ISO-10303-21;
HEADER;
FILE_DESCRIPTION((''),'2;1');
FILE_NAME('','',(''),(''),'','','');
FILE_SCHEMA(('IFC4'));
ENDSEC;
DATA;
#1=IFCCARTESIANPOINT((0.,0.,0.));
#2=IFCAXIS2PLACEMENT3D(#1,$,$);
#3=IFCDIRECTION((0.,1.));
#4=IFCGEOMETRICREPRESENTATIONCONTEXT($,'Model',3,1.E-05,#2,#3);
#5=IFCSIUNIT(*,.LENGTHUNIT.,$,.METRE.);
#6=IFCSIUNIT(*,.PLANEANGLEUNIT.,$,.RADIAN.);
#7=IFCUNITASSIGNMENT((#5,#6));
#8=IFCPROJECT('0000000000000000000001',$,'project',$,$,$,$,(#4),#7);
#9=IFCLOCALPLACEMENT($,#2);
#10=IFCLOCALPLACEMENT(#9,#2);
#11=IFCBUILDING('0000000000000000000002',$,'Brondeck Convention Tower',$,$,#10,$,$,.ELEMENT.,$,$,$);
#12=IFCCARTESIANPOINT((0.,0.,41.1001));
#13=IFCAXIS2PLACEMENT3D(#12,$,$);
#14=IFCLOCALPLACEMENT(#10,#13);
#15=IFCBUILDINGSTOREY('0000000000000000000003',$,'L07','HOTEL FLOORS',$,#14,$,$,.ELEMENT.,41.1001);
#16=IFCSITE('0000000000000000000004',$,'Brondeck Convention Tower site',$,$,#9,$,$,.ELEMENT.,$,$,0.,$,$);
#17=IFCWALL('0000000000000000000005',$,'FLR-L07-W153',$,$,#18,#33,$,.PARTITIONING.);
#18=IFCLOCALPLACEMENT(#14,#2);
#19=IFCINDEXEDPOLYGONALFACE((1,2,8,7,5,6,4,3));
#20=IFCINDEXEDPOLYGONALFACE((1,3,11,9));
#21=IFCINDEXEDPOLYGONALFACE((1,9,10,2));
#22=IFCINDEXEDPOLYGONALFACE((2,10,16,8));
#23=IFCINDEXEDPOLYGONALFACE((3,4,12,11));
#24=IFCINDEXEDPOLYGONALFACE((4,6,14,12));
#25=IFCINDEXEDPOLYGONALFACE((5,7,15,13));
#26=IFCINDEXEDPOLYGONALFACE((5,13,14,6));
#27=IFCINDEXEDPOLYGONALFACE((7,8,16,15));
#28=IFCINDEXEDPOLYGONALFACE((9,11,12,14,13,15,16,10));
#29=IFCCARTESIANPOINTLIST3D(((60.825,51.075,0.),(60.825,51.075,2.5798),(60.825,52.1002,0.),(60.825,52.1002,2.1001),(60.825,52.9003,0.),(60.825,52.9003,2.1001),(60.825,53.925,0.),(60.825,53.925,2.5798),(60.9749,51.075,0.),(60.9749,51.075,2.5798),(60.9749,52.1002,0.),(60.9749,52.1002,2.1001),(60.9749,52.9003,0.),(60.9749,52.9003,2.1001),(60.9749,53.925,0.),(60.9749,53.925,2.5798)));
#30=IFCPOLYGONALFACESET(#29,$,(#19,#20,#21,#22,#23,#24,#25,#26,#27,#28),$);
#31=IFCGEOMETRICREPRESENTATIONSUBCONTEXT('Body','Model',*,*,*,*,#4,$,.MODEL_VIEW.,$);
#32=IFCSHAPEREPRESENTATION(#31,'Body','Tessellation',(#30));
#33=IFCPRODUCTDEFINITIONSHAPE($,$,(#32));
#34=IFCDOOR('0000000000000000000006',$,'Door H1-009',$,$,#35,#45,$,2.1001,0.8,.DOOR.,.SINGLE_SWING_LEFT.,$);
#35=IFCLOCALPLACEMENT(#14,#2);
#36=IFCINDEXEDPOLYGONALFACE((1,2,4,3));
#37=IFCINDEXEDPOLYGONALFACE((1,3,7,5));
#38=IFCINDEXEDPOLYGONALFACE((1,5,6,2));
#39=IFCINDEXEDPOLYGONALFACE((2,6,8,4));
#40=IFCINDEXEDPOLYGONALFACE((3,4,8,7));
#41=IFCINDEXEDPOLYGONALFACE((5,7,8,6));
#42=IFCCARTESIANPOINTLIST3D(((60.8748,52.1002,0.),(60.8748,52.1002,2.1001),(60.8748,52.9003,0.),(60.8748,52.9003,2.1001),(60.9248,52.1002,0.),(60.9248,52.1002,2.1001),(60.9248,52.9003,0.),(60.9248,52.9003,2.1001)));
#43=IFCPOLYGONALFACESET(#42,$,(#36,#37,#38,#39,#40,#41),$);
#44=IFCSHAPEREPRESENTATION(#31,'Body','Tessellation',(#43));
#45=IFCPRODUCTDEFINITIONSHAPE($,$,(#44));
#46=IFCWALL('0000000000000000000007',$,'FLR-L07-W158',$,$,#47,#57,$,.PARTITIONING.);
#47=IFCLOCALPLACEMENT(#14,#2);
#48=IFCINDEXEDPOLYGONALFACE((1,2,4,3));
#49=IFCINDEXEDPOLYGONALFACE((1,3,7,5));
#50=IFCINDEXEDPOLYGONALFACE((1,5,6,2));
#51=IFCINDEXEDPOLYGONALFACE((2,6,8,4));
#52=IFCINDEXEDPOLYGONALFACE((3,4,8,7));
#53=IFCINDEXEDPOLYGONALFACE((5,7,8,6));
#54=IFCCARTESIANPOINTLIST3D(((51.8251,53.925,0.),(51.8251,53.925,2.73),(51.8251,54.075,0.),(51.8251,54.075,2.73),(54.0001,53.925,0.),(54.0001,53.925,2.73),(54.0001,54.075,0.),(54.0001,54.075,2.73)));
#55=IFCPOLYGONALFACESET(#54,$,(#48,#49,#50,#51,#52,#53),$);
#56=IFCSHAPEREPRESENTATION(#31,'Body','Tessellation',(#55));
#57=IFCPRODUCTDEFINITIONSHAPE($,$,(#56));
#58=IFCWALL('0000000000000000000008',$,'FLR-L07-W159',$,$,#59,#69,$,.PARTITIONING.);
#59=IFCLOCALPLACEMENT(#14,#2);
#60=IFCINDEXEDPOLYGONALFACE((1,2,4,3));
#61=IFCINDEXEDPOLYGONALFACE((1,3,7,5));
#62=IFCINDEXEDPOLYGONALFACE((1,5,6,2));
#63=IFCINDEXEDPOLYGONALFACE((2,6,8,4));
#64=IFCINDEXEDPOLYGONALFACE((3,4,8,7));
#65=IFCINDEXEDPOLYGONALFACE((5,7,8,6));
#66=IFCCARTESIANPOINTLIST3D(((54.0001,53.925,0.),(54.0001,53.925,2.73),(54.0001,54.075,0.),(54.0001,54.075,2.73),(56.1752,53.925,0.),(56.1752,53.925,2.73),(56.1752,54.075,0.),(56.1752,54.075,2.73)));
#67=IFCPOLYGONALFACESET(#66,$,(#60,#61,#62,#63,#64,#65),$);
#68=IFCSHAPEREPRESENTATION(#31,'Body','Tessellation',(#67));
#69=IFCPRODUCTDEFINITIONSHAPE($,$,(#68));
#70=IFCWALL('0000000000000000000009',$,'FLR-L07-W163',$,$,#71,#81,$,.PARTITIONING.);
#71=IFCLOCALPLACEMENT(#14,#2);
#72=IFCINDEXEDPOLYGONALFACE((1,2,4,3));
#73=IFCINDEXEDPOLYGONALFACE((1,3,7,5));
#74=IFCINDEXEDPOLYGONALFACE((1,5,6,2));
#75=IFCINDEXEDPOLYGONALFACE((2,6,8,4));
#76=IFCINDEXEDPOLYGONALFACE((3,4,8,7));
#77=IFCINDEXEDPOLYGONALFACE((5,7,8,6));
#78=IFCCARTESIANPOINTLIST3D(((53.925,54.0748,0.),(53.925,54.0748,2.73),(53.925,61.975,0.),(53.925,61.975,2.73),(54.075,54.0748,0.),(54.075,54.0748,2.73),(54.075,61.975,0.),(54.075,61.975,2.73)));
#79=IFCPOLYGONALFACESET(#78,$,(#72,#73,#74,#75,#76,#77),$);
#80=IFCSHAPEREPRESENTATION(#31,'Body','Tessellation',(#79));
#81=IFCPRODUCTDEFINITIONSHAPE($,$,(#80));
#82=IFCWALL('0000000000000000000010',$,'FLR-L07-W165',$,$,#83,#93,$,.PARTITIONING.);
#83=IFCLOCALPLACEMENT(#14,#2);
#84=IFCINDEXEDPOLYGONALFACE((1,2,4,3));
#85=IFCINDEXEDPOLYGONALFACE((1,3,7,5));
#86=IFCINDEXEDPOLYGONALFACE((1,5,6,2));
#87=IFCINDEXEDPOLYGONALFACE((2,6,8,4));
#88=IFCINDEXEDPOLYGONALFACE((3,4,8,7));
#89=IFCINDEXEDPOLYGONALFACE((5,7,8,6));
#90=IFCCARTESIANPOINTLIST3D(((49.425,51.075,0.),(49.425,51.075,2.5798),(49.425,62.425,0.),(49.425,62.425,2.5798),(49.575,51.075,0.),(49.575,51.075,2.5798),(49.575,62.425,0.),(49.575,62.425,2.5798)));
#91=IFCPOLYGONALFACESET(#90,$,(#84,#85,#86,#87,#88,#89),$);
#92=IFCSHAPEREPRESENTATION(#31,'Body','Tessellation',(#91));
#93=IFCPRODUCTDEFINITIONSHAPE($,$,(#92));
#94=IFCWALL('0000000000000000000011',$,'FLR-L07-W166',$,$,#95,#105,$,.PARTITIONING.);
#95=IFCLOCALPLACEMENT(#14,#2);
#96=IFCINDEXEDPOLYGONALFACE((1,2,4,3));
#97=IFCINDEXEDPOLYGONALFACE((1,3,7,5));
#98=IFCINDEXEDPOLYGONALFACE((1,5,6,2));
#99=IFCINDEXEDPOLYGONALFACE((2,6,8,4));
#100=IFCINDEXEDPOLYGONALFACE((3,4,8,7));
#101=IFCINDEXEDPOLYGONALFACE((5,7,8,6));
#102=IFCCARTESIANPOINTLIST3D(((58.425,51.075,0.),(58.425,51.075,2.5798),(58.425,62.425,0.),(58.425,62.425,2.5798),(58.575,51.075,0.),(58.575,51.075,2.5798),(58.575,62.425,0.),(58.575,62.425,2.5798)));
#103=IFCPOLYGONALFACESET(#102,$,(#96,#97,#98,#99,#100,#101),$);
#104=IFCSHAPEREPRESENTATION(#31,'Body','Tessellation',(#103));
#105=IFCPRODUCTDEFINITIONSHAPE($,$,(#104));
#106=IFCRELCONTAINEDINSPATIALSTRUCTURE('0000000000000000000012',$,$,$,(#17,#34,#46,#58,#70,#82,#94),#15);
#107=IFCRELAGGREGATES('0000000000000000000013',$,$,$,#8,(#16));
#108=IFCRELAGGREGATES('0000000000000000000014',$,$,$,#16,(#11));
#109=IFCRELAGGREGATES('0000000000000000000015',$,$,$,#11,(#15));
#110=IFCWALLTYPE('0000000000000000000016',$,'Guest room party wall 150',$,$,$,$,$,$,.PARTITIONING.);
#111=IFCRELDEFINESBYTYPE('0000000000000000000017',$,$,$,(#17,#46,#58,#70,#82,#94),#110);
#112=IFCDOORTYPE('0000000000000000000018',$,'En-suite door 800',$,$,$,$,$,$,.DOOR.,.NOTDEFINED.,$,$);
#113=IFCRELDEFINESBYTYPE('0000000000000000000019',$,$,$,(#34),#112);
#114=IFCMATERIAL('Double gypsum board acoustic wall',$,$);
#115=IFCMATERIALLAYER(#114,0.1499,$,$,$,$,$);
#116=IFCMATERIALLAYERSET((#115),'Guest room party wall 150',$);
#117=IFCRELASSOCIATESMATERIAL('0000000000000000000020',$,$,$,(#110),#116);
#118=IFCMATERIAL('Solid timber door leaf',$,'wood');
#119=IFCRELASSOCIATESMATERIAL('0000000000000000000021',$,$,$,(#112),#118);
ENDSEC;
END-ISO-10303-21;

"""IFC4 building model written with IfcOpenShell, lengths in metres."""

from ifc_helpers import new_model, si_unit, direction, frame, frame_2d, origin, place, context, subcontext, project, spatial, rectangle, extrude, material, layer, layer_set, type_object, element, fill, save


model = new_model("IFC4")

# Units and contexts
model_context = context("Model", 3, precision=1e-05, world=origin(), true_north=direction((0.0, 1.0)))
body_context = subcontext(model_context, "Body", "Model", "MODEL_VIEW")
ifc_project = project(units=[si_unit("LENGTHUNIT", "METRE"), si_unit("PLANEANGLEUNIT", "RADIAN")], contexts=[model_context])

# Site, building, storey
site_placement = place(None, origin())
site = spatial("IfcSite", under=ifc_project, at=site_placement, Name="Brondeck Convention Tower site", CompositionType="ELEMENT", RefElevation=0.0)
building_placement = place(site_placement, origin())
building = spatial("IfcBuilding", under=site, at=building_placement, Name="Brondeck Convention Tower", CompositionType="ELEMENT")
storey_placement = place(building_placement, frame((0.0, 0.0, 41.1001)))
storey = spatial("IfcBuildingStorey", under=building, at=storey_placement, Name="L07", Description="HOTEL FLOORS", CompositionType="ELEMENT", Elevation=41.1001)

# Shared definitions
ifc_material_1 = material(Name="Double gypsum board acoustic wall")
ifc_layer_1 = layer(ifc_material_1, 0.1499)
ifc_layer_set_1 = layer_set([ifc_layer_1], Name="Guest room party wall 150")
wall_type_1 = type_object("IfcWallType", Name="Guest room party wall 150", PredefinedType="PARTITIONING", material=ifc_layer_set_1)
ifc_material_2 = material(Name="Solid timber door leaf", Category="wood")
door_type = type_object("IfcDoorType", Name="En-suite door 800", OperationType="NOTDEFINED", PredefinedType="DOOR", material=ifc_material_2)

# Wall, opening, door
wall_1_placement = place(storey_placement, frame((60.8999, 53.925, 0.0), z_axis=(0.0, 0.0, 1.0), x_axis=(0.0, -1.0, 0.0)))
wall_1 = element("IfcWall", 1, at=wall_1_placement, inside=storey, type_object=wall_type_1, Name="FLR-L07-W153", PredefinedType="PARTITIONING", context=body_context, shape_type="SweptSolid", body=[
    extrude(rectangle(XDim=2.8501, YDim=0.1499, at=frame_2d((1.425, 0.0))), origin(), (0.0, 0.0, 1.0), 2.5798),
])
opening_1_placement = place(wall_1_placement, frame((1.0249, 0.0, 0.0)))
opening_1 = element("IfcOpeningElement", 2, at=opening_1_placement, cuts=wall_1, PredefinedType="OPENING", context=body_context, shape_type="SweptSolid", body=[
    extrude(rectangle(XDim=0.8, YDim=2.1001, at=frame_2d((0.3999, 1.05))), frame((0.0, 0.085, 0.0), z_axis=(0.0, -1.0, 0.0), x_axis=(1.0, 0.0, 0.0)), (0.0, 0.0, 1.0), 0.1699),
])
door_1_placement = place(opening_1_placement, origin())
door_1 = element("IfcDoor", 3, at=door_1_placement, inside=storey, type_object=door_type, Name="Door H1-009", OperationType="SINGLE_SWING_LEFT", OverallHeight=2.1001, OverallWidth=0.8, PredefinedType="DOOR", context=body_context, shape_type="SweptSolid", body=[
    extrude(rectangle(XDim=0.8, YDim=2.1001, at=frame_2d((0.3999, 1.05))), frame((0.0, 0.0249, 0.0), z_axis=(0.0, -1.0, 0.0), x_axis=(1.0, 0.0, 0.0)), (0.0, 0.0, 1.0), 0.05),
])
fill(opening_1, door_1)

# Walls
for number, where, z_axis, x_axis, name in (
    (4, (54.0, 54.0, 0.0), (0.0, 0.0, 1.0), (-1.0, 0.0, 0.0), "FLR-L07-W158"),
    (5, (56.175, 54.0, 0.0), (0.0, 0.0, 1.0), (-1.0, 0.0, 0.0), "FLR-L07-W159"),
):
    element("IfcWall", number, at=place(storey_placement, frame(where, z_axis=z_axis, x_axis=x_axis)), inside=storey, type_object=wall_type_1, Name=name, PredefinedType="PARTITIONING", context=body_context, shape_type="SweptSolid", body=[
        extrude(rectangle(XDim=2.175, YDim=0.1499, at=frame_2d((1.0874, 0.0))), origin(), (0.0, 0.0, 1.0), 2.73),
    ])
wall_2_placement = place(storey_placement, frame((54.0, 61.9751, 0.0), z_axis=(0.0, 0.0, 1.0), x_axis=(0.0, -1.0, 0.0)))
element("IfcWall", 6, at=wall_2_placement, inside=storey, type_object=wall_type_1, Name="FLR-L07-W163", PredefinedType="PARTITIONING", context=body_context, shape_type="SweptSolid", body=[
    extrude(rectangle(XDim=7.9001, YDim=0.1499, at=frame_2d((3.9502, 0.0))), origin(), (0.0, 0.0, 1.0), 2.73),
])
for number, where, z_axis, x_axis, name in (
    (7, (49.5, 62.425, 0.0), (0.0, 0.0, 1.0), (0.0, -1.0, 0.0), "FLR-L07-W165"),
    (8, (58.5, 62.425, 0.0), (0.0, 0.0, 1.0), (0.0, -1.0, 0.0), "FLR-L07-W166"),
):
    element("IfcWall", number, at=place(storey_placement, frame(where, z_axis=z_axis, x_axis=x_axis)), inside=storey, type_object=wall_type_1, Name=name, PredefinedType="PARTITIONING", context=body_context, shape_type="SweptSolid", body=[
        extrude(rectangle(XDim=11.3501, YDim=0.1499, at=frame_2d((5.675, 0.0))), origin(), (0.0, 0.0, 1.0), 2.5798),
    ])

save(model, "model.ifc")
